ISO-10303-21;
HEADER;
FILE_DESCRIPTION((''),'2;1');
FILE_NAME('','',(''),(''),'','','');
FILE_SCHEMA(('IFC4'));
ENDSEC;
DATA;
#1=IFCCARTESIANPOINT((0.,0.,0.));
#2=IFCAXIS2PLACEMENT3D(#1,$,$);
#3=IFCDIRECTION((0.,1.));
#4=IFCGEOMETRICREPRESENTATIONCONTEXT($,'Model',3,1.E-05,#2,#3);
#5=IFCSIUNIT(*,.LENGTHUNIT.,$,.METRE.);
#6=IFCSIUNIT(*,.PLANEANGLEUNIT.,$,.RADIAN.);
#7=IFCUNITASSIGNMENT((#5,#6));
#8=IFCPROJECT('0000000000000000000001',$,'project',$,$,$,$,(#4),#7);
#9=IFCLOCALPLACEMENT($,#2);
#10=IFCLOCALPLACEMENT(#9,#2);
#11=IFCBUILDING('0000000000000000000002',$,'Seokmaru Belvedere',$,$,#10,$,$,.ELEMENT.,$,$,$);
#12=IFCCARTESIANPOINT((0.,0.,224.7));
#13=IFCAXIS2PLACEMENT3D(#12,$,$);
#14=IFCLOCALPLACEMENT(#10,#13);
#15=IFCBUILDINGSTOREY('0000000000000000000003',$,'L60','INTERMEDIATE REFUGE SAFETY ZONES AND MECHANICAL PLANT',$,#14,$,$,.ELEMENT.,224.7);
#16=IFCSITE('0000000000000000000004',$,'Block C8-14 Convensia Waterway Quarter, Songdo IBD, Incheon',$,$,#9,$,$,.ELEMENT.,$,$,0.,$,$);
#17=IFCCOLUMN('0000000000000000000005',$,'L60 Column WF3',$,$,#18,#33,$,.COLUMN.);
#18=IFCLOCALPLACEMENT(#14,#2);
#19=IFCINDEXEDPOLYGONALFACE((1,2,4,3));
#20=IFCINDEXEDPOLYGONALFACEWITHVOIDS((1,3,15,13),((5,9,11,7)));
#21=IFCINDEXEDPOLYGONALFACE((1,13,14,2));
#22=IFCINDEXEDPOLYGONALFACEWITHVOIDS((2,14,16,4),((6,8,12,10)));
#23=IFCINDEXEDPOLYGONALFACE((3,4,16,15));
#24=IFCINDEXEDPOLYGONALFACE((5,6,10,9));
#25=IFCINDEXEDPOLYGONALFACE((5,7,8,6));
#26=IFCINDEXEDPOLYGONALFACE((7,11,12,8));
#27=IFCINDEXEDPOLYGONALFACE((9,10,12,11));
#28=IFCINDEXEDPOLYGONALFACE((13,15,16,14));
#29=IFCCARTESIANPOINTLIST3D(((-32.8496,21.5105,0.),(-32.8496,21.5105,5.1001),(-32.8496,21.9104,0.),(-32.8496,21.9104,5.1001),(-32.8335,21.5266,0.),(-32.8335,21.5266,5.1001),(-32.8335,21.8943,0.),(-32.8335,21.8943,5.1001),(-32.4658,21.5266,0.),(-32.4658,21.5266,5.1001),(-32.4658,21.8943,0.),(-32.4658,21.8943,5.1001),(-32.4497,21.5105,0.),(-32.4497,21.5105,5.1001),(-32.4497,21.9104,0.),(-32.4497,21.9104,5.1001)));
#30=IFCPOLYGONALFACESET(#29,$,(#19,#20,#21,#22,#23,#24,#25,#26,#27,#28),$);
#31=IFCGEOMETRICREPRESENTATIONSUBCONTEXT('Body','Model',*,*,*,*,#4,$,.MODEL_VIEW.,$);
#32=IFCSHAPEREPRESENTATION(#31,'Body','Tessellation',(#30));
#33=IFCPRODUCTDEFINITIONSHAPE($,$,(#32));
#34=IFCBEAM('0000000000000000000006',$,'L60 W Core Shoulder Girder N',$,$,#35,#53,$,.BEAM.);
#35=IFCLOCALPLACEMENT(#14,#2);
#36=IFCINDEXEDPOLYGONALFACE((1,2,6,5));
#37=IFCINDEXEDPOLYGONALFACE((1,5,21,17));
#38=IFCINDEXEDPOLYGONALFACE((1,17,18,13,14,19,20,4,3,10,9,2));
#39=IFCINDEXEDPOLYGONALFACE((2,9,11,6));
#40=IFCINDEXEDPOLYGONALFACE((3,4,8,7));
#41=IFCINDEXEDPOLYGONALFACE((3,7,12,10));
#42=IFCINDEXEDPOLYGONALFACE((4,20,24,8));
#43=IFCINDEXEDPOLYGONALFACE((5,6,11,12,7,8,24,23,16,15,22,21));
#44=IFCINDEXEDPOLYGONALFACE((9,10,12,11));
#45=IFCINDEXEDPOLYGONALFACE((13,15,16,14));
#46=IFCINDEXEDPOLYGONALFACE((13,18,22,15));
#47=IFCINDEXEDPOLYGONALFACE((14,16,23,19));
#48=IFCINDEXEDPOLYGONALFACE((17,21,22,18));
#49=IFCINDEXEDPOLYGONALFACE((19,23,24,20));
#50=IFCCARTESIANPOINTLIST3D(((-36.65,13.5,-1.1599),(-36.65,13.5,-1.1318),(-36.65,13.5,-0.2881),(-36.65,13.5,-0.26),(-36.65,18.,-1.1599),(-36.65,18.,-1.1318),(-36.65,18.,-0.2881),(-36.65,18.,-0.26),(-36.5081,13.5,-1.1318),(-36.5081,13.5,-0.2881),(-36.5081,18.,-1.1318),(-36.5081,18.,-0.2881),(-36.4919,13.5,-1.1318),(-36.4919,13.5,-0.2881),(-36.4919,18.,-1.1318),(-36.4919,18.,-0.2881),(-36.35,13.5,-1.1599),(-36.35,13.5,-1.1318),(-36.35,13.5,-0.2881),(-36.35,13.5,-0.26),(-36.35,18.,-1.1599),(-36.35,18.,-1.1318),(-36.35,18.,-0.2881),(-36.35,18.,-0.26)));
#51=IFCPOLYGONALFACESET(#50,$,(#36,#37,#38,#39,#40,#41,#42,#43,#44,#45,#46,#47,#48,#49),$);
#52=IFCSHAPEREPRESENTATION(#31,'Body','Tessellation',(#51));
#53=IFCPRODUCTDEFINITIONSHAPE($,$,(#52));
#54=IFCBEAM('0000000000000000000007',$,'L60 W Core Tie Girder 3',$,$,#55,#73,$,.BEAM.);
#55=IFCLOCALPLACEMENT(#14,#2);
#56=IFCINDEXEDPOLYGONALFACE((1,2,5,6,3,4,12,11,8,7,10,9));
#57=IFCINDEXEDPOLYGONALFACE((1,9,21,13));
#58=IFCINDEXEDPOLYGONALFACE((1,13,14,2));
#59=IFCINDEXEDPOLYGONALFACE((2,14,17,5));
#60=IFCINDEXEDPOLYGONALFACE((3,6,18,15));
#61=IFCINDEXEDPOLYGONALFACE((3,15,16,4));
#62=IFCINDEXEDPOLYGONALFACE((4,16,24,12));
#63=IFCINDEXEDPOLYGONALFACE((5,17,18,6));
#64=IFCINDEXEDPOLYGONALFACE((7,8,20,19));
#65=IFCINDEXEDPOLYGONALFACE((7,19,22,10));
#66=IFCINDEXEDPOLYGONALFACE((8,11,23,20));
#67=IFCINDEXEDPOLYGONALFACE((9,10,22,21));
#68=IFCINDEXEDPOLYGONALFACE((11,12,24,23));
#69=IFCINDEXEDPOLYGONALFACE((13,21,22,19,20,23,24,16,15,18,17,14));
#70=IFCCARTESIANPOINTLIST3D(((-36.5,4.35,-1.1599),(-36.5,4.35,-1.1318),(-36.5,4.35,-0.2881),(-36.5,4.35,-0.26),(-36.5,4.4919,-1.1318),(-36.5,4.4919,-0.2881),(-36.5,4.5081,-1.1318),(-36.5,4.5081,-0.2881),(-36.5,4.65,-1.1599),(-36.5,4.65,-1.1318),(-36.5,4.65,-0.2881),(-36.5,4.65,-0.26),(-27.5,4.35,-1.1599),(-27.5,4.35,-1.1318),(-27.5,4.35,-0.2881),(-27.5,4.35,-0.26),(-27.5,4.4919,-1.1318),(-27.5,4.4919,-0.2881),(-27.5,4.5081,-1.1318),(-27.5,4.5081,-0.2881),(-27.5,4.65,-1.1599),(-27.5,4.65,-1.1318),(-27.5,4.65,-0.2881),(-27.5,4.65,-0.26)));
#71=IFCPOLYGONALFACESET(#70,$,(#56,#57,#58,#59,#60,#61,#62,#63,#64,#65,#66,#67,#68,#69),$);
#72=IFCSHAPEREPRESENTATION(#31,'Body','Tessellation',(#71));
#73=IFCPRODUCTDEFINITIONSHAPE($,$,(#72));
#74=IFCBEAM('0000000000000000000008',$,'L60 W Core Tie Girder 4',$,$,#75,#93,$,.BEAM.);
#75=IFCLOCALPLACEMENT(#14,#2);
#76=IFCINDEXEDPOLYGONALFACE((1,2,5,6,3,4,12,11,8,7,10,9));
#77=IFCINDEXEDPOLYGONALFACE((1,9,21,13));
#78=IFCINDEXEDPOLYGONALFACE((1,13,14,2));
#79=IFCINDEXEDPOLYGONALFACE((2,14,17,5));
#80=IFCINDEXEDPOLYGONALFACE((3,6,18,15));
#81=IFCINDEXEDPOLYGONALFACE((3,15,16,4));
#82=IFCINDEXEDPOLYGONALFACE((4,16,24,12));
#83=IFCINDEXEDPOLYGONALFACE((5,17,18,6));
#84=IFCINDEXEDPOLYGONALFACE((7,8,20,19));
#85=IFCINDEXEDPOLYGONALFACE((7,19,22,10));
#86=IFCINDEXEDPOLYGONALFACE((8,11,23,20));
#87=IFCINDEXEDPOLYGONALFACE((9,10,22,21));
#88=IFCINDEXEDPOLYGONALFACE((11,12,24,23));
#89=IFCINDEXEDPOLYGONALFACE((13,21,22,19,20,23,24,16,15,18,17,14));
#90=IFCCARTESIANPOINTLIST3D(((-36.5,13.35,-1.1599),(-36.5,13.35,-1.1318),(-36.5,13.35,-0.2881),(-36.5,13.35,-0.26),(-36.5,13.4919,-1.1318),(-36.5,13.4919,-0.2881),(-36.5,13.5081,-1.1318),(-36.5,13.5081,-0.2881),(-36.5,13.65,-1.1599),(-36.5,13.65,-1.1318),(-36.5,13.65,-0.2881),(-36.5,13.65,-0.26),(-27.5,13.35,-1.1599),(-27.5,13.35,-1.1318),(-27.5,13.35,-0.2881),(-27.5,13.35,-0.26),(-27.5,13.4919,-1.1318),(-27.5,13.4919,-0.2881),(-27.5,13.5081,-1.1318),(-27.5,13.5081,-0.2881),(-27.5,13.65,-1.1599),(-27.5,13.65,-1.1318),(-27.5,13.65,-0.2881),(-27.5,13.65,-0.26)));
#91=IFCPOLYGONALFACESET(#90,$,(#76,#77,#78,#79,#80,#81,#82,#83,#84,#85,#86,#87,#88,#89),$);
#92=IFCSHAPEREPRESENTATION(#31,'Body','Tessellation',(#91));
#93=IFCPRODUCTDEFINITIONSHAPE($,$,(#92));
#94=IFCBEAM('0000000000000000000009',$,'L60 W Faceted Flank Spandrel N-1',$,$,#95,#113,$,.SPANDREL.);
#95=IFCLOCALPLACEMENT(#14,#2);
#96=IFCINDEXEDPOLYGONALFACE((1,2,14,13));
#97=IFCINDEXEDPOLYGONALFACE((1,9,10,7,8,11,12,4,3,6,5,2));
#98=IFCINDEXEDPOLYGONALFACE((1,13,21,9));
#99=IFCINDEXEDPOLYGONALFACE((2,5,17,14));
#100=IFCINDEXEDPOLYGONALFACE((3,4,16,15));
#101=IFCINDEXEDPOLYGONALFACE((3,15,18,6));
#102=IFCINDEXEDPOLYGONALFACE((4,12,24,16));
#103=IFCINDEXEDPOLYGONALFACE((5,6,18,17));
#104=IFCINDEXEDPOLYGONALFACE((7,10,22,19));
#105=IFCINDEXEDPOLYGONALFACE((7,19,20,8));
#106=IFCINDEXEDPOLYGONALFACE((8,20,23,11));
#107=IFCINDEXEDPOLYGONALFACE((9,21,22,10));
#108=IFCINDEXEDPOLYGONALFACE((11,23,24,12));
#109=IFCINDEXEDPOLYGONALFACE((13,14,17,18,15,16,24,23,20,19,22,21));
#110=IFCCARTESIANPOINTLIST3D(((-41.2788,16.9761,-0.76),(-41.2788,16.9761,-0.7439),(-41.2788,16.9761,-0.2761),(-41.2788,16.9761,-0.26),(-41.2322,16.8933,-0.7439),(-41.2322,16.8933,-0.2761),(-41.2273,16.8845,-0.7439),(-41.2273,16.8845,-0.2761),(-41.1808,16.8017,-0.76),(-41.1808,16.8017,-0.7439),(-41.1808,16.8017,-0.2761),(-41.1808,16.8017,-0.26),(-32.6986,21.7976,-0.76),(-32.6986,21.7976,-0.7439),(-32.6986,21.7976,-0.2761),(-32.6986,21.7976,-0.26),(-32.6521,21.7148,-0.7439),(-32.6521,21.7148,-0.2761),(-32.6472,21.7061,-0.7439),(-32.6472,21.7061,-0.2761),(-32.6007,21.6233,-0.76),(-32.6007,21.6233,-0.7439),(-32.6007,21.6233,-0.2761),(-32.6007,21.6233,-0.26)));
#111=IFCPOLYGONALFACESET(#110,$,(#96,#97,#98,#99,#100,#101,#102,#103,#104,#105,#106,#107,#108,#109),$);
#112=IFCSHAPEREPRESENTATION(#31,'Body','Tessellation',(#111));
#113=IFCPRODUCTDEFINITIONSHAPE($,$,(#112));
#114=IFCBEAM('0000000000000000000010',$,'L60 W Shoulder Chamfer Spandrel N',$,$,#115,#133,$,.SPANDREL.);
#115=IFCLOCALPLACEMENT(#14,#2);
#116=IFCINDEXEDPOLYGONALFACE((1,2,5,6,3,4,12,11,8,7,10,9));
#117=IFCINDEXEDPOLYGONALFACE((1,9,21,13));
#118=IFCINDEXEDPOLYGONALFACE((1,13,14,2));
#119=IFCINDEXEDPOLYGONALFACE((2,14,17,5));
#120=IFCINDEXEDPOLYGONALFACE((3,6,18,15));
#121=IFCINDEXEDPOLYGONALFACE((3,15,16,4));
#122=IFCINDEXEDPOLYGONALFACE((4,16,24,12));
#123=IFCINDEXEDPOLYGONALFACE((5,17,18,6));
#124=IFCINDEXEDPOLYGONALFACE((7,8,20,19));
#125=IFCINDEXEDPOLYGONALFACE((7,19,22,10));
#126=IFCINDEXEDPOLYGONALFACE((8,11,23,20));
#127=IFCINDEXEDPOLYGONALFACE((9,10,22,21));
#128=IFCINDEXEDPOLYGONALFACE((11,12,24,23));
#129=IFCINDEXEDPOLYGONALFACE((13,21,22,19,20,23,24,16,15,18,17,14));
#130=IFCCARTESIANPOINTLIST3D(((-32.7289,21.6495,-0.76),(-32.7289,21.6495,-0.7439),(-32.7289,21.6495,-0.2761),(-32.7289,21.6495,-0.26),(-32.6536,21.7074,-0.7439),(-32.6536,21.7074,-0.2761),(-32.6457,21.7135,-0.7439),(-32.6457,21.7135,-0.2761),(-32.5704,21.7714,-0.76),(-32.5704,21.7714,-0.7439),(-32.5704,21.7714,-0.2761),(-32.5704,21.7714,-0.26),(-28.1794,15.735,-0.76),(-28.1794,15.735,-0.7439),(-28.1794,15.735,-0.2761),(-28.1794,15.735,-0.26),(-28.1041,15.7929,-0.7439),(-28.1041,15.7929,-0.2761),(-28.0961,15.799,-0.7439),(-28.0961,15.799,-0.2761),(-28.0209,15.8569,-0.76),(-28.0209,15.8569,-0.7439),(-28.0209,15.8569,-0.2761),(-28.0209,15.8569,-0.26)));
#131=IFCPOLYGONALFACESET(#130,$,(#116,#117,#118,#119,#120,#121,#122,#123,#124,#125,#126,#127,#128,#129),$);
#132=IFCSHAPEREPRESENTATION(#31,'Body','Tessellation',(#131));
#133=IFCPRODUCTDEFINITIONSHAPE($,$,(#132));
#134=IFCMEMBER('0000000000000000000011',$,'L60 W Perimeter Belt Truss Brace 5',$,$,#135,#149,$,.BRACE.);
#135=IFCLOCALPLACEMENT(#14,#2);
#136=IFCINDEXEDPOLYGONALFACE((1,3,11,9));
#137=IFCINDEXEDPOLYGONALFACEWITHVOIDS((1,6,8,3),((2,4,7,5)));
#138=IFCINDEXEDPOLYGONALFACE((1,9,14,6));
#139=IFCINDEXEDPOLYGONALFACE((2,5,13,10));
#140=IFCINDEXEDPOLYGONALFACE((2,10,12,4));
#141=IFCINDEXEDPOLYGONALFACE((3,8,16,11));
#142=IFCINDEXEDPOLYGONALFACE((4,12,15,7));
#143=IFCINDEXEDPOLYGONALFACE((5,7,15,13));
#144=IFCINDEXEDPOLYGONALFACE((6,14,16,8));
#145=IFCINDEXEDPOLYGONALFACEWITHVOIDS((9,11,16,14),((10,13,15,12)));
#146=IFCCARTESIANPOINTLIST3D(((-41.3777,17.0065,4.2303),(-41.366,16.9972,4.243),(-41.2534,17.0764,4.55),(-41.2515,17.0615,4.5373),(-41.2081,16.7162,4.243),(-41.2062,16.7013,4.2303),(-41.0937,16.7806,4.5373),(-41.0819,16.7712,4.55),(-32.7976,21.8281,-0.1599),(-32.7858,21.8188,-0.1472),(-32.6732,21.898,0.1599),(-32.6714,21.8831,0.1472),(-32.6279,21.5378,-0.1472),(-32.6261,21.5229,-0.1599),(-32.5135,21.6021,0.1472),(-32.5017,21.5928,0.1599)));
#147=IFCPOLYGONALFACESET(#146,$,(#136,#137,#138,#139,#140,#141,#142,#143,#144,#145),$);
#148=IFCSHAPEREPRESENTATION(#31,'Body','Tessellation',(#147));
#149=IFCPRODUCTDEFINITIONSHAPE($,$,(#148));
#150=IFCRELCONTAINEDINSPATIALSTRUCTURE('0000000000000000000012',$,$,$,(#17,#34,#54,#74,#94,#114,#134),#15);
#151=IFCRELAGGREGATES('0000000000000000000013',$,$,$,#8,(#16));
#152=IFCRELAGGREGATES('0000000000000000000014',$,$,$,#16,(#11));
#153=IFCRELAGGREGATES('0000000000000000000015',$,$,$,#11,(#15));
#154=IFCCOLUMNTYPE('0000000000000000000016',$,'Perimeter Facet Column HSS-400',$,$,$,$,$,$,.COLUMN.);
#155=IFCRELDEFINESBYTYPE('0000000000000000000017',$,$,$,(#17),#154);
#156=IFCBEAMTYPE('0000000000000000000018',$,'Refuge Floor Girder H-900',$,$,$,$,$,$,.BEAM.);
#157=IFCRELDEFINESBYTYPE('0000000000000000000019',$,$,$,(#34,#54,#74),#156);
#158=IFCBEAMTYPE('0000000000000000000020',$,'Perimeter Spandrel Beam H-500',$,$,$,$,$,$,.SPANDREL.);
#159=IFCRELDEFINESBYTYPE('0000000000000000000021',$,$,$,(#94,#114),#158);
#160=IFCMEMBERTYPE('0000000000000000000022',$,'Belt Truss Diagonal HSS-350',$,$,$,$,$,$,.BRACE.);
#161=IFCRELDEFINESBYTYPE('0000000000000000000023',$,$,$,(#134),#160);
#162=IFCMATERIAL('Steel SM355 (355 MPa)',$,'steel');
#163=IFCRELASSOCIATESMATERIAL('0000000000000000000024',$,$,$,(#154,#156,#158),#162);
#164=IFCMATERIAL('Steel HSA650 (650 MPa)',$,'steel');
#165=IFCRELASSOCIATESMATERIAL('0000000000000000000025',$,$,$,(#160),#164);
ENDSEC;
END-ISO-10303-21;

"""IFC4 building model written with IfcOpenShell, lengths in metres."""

from ifc_helpers import new_model, si_unit, direction, frame, origin, origin_2d, place, context, subcontext, project, spatial, hollow_rectangle, i_section, extrude, source, transform, mapped, material, material_profile, profile_set, type_object, type_shapes, element, save


model = new_model("IFC4")

# Units and contexts
model_context = context("Model", 3, precision=1e-05, world=origin(), true_north=direction((0.0, 1.0)))
body_context = subcontext(model_context, "Body", "Model", "MODEL_VIEW")
ifc_project = project(units=[si_unit("LENGTHUNIT", "METRE"), si_unit("PLANEANGLEUNIT", "RADIAN")], contexts=[model_context])

# Site, building, storey
site_placement = place(None, origin())
site = spatial("IfcSite", under=ifc_project, at=site_placement, Name="Block C8-14 Convensia Waterway Quarter, Songdo IBD, Incheon", CompositionType="ELEMENT", RefElevation=0.0)
building_placement = place(site_placement, origin())
building = spatial("IfcBuilding", under=site, at=building_placement, Name="Seokmaru Belvedere", CompositionType="ELEMENT")
storey_placement = place(building_placement, frame((0.0, 0.0, 224.7)))
storey = spatial("IfcBuildingStorey", under=building, at=storey_placement, Name="L60", Description="INTERMEDIATE REFUGE SAFETY ZONES AND MECHANICAL PLANT", CompositionType="ELEMENT", Elevation=224.7)

# Column
ifc_material_1 = material(Name="Steel SM355 (355 MPa)", Category="steel")
ifc_material_profile_1 = material_profile(ifc_material_1, hollow_rectangle(XDim=0.3999, YDim=0.3999, WallThickness=0.0161, at=origin_2d()), Name="HSS-400x400x16")
ifc_profile_set_1 = profile_set([ifc_material_profile_1], Name="Steel SM355 (355 MPa)")
column_type = type_object("IfcColumnType", Name="Perimeter Facet Column HSS-400", PredefinedType="COLUMN", material=ifc_profile_set_1)
shared_shape_1 = source(origin(), body_context, "Body", "SweptSolid", [
    extrude(hollow_rectangle(XDim=0.3999, YDim=0.3999, WallThickness=0.0161, at=origin_2d()), origin(), (0.0, 0.0, 1.0), 5.1001),
])
type_shapes(column_type, [shared_shape_1])
column_placement = place(storey_placement, frame((-32.6497, 21.7104, 0.0), z_axis=(0.0, 0.0, 1.0), x_axis=(1.0, 0.0, 0.0)))
element("IfcColumn", 1, at=column_placement, inside=storey, type_object=column_type, Name="L60 Column WF3", PredefinedType="COLUMN", context=body_context, shape_type="MappedRepresentation", body=[
    mapped(shared_shape_1, transform((0.0, 0.0, 0.0), scale=1.0)),
])

# Beams
ifc_material_profile_2 = material_profile(ifc_material_1, i_section(OverallWidth=0.3, OverallDepth=0.8999, WebThickness=0.0161, FlangeThickness=0.0281, at=origin_2d()), Name="H-900x300x16x28")
ifc_profile_set_2 = profile_set([ifc_material_profile_2], Name="Steel SM355 (355 MPa)")
beam_type_1 = type_object("IfcBeamType", Name="Refuge Floor Girder H-900", PredefinedType="BEAM", material=ifc_profile_set_2)
shared_shape_2 = source(origin(), body_context, "Body", "SweptSolid", [
    extrude(i_section(OverallWidth=0.3, OverallDepth=0.8999, WebThickness=0.0161, FlangeThickness=0.0281, at=origin_2d()), origin(), (0.0, 0.0, 1.0), 4.5),
])
beam_1_placement = place(storey_placement, frame((-36.5, 13.5, -0.71), z_axis=(0.0, 1.0, 0.0), x_axis=(-1.0, 0.0, 0.0)))
element("IfcBeam", 2, at=beam_1_placement, inside=storey, type_object=beam_type_1, Name="L60 W Core Shoulder Girder N", PredefinedType="BEAM", context=body_context, shape_type="MappedRepresentation", body=[
    mapped(shared_shape_2, transform((0.0, 0.0, 0.0), scale=1.0)),
])
shared_shape_3 = source(origin(), body_context, "Body", "SweptSolid", [
    extrude(i_section(OverallWidth=0.3, OverallDepth=0.8999, WebThickness=0.0161, FlangeThickness=0.0281, at=origin_2d()), origin(), (0.0, 0.0, 1.0), 9.0),
])
type_shapes(beam_type_1, [shared_shape_2, shared_shape_3])
for number, where, z_axis, x_axis, name in (
    (3, (-36.5, 4.5, -0.71), (1.0, 0.0, 0.0), (0.0, 1.0, 0.0), "L60 W Core Tie Girder 3"),
    (4, (-36.5, 13.5, -0.71), (1.0, 0.0, 0.0), (0.0, 1.0, 0.0), "L60 W Core Tie Girder 4"),
):
    element("IfcBeam", number, at=place(storey_placement, frame(where, z_axis=z_axis, x_axis=x_axis)), inside=storey, type_object=beam_type_1, Name=name, PredefinedType="BEAM", context=body_context, shape_type="MappedRepresentation", body=[
        mapped(shared_shape_3, transform((0.0, 0.0, 0.0), scale=1.0)),
    ])
ifc_material_profile_3 = material_profile(ifc_material_1, i_section(OverallWidth=0.2, OverallDepth=0.5, WebThickness=0.01, FlangeThickness=0.0161, at=origin_2d()), Name="H-500x200x10x16")
ifc_profile_set_3 = profile_set([ifc_material_profile_3], Name="Steel SM355 (355 MPa)")
beam_type_2 = type_object("IfcBeamType", Name="Perimeter Spandrel Beam H-500", PredefinedType="SPANDREL", material=ifc_profile_set_3)
shared_shape_4 = source(origin(), body_context, "Body", "SweptSolid", [
    extrude(i_section(OverallWidth=0.2, OverallDepth=0.5, WebThickness=0.01, FlangeThickness=0.0161, at=origin_2d()), origin(), (0.0, 0.0, 1.0), 9.842),
])
beam_2_placement = place(storey_placement, frame((-32.6497, 21.7104, -0.51), z_axis=(-0.871782, -0.489894, 0.0), x_axis=(0.489894, -0.871782, 0.0)))
element("IfcBeam", 5, at=beam_2_placement, inside=storey, type_object=beam_type_2, Name="L60 W Faceted Flank Spandrel N-1", PredefinedType="SPANDREL", context=body_context, shape_type="MappedRepresentation", body=[
    mapped(shared_shape_4, transform((0.0, 0.0, 0.0), scale=1.0)),
])
shared_shape_5 = source(origin(), body_context, "Body", "SweptSolid", [
    extrude(i_section(OverallWidth=0.2, OverallDepth=0.5, WebThickness=0.01, FlangeThickness=0.0161, at=origin_2d()), origin(), (0.0, 0.0, 1.0), 7.4619),
])
type_shapes(beam_type_2, [shared_shape_4, shared_shape_5])
beam_3_placement = place(storey_placement, frame((-32.6497, 21.7104, -0.51), z_axis=(0.609703, -0.79263, 0.0), x_axis=(0.79263, 0.609703, 0.0)))
element("IfcBeam", 6, at=beam_3_placement, inside=storey, type_object=beam_type_2, Name="L60 W Shoulder Chamfer Spandrel N", PredefinedType="SPANDREL", context=body_context, shape_type="MappedRepresentation", body=[
    mapped(shared_shape_5, transform((0.0, 0.0, 0.0), scale=1.0)),
])

# Member
ifc_material_2 = material(Name="Steel HSA650 (650 MPa)", Category="steel")
ifc_material_profile_4 = material_profile(ifc_material_2, hollow_rectangle(XDim=0.3501, YDim=0.3501, WallThickness=0.0139, at=origin_2d()), Name="HSS-350x350x14")
ifc_profile_set_4 = profile_set([ifc_material_profile_4], Name="Steel HSA650 (650 MPa)")
member_type_1 = type_object("IfcMemberType", Name="Belt Truss Diagonal HSS-350", PredefinedType="BRACE", material=ifc_profile_set_4)
shared_shape_6 = source(origin(), body_context, "Body", "SweptSolid", [
    extrude(hollow_rectangle(XDim=0.3501, YDim=0.3501, WallThickness=0.0139, at=origin_2d()), origin(), (0.0, 0.0, 1.0), 10.7769),
])
type_shapes(member_type_1, [shared_shape_6])
member_1_placement = place(storey_placement, frame((-32.6497, 21.7104, 0.0), z_axis=(-0.796166, -0.447402, 0.407371), x_axis=(0.489894, -0.871782, 0.0)))
element("IfcMember", 7, at=member_1_placement, inside=storey, type_object=member_type_1, Name="L60 W Perimeter Belt Truss Brace 5", PredefinedType="BRACE", context=body_context, shape_type="MappedRepresentation", body=[
    mapped(shared_shape_6, transform((0.0, 0.0, 0.0), scale=1.0)),
])

save(model, "model.ifc")
